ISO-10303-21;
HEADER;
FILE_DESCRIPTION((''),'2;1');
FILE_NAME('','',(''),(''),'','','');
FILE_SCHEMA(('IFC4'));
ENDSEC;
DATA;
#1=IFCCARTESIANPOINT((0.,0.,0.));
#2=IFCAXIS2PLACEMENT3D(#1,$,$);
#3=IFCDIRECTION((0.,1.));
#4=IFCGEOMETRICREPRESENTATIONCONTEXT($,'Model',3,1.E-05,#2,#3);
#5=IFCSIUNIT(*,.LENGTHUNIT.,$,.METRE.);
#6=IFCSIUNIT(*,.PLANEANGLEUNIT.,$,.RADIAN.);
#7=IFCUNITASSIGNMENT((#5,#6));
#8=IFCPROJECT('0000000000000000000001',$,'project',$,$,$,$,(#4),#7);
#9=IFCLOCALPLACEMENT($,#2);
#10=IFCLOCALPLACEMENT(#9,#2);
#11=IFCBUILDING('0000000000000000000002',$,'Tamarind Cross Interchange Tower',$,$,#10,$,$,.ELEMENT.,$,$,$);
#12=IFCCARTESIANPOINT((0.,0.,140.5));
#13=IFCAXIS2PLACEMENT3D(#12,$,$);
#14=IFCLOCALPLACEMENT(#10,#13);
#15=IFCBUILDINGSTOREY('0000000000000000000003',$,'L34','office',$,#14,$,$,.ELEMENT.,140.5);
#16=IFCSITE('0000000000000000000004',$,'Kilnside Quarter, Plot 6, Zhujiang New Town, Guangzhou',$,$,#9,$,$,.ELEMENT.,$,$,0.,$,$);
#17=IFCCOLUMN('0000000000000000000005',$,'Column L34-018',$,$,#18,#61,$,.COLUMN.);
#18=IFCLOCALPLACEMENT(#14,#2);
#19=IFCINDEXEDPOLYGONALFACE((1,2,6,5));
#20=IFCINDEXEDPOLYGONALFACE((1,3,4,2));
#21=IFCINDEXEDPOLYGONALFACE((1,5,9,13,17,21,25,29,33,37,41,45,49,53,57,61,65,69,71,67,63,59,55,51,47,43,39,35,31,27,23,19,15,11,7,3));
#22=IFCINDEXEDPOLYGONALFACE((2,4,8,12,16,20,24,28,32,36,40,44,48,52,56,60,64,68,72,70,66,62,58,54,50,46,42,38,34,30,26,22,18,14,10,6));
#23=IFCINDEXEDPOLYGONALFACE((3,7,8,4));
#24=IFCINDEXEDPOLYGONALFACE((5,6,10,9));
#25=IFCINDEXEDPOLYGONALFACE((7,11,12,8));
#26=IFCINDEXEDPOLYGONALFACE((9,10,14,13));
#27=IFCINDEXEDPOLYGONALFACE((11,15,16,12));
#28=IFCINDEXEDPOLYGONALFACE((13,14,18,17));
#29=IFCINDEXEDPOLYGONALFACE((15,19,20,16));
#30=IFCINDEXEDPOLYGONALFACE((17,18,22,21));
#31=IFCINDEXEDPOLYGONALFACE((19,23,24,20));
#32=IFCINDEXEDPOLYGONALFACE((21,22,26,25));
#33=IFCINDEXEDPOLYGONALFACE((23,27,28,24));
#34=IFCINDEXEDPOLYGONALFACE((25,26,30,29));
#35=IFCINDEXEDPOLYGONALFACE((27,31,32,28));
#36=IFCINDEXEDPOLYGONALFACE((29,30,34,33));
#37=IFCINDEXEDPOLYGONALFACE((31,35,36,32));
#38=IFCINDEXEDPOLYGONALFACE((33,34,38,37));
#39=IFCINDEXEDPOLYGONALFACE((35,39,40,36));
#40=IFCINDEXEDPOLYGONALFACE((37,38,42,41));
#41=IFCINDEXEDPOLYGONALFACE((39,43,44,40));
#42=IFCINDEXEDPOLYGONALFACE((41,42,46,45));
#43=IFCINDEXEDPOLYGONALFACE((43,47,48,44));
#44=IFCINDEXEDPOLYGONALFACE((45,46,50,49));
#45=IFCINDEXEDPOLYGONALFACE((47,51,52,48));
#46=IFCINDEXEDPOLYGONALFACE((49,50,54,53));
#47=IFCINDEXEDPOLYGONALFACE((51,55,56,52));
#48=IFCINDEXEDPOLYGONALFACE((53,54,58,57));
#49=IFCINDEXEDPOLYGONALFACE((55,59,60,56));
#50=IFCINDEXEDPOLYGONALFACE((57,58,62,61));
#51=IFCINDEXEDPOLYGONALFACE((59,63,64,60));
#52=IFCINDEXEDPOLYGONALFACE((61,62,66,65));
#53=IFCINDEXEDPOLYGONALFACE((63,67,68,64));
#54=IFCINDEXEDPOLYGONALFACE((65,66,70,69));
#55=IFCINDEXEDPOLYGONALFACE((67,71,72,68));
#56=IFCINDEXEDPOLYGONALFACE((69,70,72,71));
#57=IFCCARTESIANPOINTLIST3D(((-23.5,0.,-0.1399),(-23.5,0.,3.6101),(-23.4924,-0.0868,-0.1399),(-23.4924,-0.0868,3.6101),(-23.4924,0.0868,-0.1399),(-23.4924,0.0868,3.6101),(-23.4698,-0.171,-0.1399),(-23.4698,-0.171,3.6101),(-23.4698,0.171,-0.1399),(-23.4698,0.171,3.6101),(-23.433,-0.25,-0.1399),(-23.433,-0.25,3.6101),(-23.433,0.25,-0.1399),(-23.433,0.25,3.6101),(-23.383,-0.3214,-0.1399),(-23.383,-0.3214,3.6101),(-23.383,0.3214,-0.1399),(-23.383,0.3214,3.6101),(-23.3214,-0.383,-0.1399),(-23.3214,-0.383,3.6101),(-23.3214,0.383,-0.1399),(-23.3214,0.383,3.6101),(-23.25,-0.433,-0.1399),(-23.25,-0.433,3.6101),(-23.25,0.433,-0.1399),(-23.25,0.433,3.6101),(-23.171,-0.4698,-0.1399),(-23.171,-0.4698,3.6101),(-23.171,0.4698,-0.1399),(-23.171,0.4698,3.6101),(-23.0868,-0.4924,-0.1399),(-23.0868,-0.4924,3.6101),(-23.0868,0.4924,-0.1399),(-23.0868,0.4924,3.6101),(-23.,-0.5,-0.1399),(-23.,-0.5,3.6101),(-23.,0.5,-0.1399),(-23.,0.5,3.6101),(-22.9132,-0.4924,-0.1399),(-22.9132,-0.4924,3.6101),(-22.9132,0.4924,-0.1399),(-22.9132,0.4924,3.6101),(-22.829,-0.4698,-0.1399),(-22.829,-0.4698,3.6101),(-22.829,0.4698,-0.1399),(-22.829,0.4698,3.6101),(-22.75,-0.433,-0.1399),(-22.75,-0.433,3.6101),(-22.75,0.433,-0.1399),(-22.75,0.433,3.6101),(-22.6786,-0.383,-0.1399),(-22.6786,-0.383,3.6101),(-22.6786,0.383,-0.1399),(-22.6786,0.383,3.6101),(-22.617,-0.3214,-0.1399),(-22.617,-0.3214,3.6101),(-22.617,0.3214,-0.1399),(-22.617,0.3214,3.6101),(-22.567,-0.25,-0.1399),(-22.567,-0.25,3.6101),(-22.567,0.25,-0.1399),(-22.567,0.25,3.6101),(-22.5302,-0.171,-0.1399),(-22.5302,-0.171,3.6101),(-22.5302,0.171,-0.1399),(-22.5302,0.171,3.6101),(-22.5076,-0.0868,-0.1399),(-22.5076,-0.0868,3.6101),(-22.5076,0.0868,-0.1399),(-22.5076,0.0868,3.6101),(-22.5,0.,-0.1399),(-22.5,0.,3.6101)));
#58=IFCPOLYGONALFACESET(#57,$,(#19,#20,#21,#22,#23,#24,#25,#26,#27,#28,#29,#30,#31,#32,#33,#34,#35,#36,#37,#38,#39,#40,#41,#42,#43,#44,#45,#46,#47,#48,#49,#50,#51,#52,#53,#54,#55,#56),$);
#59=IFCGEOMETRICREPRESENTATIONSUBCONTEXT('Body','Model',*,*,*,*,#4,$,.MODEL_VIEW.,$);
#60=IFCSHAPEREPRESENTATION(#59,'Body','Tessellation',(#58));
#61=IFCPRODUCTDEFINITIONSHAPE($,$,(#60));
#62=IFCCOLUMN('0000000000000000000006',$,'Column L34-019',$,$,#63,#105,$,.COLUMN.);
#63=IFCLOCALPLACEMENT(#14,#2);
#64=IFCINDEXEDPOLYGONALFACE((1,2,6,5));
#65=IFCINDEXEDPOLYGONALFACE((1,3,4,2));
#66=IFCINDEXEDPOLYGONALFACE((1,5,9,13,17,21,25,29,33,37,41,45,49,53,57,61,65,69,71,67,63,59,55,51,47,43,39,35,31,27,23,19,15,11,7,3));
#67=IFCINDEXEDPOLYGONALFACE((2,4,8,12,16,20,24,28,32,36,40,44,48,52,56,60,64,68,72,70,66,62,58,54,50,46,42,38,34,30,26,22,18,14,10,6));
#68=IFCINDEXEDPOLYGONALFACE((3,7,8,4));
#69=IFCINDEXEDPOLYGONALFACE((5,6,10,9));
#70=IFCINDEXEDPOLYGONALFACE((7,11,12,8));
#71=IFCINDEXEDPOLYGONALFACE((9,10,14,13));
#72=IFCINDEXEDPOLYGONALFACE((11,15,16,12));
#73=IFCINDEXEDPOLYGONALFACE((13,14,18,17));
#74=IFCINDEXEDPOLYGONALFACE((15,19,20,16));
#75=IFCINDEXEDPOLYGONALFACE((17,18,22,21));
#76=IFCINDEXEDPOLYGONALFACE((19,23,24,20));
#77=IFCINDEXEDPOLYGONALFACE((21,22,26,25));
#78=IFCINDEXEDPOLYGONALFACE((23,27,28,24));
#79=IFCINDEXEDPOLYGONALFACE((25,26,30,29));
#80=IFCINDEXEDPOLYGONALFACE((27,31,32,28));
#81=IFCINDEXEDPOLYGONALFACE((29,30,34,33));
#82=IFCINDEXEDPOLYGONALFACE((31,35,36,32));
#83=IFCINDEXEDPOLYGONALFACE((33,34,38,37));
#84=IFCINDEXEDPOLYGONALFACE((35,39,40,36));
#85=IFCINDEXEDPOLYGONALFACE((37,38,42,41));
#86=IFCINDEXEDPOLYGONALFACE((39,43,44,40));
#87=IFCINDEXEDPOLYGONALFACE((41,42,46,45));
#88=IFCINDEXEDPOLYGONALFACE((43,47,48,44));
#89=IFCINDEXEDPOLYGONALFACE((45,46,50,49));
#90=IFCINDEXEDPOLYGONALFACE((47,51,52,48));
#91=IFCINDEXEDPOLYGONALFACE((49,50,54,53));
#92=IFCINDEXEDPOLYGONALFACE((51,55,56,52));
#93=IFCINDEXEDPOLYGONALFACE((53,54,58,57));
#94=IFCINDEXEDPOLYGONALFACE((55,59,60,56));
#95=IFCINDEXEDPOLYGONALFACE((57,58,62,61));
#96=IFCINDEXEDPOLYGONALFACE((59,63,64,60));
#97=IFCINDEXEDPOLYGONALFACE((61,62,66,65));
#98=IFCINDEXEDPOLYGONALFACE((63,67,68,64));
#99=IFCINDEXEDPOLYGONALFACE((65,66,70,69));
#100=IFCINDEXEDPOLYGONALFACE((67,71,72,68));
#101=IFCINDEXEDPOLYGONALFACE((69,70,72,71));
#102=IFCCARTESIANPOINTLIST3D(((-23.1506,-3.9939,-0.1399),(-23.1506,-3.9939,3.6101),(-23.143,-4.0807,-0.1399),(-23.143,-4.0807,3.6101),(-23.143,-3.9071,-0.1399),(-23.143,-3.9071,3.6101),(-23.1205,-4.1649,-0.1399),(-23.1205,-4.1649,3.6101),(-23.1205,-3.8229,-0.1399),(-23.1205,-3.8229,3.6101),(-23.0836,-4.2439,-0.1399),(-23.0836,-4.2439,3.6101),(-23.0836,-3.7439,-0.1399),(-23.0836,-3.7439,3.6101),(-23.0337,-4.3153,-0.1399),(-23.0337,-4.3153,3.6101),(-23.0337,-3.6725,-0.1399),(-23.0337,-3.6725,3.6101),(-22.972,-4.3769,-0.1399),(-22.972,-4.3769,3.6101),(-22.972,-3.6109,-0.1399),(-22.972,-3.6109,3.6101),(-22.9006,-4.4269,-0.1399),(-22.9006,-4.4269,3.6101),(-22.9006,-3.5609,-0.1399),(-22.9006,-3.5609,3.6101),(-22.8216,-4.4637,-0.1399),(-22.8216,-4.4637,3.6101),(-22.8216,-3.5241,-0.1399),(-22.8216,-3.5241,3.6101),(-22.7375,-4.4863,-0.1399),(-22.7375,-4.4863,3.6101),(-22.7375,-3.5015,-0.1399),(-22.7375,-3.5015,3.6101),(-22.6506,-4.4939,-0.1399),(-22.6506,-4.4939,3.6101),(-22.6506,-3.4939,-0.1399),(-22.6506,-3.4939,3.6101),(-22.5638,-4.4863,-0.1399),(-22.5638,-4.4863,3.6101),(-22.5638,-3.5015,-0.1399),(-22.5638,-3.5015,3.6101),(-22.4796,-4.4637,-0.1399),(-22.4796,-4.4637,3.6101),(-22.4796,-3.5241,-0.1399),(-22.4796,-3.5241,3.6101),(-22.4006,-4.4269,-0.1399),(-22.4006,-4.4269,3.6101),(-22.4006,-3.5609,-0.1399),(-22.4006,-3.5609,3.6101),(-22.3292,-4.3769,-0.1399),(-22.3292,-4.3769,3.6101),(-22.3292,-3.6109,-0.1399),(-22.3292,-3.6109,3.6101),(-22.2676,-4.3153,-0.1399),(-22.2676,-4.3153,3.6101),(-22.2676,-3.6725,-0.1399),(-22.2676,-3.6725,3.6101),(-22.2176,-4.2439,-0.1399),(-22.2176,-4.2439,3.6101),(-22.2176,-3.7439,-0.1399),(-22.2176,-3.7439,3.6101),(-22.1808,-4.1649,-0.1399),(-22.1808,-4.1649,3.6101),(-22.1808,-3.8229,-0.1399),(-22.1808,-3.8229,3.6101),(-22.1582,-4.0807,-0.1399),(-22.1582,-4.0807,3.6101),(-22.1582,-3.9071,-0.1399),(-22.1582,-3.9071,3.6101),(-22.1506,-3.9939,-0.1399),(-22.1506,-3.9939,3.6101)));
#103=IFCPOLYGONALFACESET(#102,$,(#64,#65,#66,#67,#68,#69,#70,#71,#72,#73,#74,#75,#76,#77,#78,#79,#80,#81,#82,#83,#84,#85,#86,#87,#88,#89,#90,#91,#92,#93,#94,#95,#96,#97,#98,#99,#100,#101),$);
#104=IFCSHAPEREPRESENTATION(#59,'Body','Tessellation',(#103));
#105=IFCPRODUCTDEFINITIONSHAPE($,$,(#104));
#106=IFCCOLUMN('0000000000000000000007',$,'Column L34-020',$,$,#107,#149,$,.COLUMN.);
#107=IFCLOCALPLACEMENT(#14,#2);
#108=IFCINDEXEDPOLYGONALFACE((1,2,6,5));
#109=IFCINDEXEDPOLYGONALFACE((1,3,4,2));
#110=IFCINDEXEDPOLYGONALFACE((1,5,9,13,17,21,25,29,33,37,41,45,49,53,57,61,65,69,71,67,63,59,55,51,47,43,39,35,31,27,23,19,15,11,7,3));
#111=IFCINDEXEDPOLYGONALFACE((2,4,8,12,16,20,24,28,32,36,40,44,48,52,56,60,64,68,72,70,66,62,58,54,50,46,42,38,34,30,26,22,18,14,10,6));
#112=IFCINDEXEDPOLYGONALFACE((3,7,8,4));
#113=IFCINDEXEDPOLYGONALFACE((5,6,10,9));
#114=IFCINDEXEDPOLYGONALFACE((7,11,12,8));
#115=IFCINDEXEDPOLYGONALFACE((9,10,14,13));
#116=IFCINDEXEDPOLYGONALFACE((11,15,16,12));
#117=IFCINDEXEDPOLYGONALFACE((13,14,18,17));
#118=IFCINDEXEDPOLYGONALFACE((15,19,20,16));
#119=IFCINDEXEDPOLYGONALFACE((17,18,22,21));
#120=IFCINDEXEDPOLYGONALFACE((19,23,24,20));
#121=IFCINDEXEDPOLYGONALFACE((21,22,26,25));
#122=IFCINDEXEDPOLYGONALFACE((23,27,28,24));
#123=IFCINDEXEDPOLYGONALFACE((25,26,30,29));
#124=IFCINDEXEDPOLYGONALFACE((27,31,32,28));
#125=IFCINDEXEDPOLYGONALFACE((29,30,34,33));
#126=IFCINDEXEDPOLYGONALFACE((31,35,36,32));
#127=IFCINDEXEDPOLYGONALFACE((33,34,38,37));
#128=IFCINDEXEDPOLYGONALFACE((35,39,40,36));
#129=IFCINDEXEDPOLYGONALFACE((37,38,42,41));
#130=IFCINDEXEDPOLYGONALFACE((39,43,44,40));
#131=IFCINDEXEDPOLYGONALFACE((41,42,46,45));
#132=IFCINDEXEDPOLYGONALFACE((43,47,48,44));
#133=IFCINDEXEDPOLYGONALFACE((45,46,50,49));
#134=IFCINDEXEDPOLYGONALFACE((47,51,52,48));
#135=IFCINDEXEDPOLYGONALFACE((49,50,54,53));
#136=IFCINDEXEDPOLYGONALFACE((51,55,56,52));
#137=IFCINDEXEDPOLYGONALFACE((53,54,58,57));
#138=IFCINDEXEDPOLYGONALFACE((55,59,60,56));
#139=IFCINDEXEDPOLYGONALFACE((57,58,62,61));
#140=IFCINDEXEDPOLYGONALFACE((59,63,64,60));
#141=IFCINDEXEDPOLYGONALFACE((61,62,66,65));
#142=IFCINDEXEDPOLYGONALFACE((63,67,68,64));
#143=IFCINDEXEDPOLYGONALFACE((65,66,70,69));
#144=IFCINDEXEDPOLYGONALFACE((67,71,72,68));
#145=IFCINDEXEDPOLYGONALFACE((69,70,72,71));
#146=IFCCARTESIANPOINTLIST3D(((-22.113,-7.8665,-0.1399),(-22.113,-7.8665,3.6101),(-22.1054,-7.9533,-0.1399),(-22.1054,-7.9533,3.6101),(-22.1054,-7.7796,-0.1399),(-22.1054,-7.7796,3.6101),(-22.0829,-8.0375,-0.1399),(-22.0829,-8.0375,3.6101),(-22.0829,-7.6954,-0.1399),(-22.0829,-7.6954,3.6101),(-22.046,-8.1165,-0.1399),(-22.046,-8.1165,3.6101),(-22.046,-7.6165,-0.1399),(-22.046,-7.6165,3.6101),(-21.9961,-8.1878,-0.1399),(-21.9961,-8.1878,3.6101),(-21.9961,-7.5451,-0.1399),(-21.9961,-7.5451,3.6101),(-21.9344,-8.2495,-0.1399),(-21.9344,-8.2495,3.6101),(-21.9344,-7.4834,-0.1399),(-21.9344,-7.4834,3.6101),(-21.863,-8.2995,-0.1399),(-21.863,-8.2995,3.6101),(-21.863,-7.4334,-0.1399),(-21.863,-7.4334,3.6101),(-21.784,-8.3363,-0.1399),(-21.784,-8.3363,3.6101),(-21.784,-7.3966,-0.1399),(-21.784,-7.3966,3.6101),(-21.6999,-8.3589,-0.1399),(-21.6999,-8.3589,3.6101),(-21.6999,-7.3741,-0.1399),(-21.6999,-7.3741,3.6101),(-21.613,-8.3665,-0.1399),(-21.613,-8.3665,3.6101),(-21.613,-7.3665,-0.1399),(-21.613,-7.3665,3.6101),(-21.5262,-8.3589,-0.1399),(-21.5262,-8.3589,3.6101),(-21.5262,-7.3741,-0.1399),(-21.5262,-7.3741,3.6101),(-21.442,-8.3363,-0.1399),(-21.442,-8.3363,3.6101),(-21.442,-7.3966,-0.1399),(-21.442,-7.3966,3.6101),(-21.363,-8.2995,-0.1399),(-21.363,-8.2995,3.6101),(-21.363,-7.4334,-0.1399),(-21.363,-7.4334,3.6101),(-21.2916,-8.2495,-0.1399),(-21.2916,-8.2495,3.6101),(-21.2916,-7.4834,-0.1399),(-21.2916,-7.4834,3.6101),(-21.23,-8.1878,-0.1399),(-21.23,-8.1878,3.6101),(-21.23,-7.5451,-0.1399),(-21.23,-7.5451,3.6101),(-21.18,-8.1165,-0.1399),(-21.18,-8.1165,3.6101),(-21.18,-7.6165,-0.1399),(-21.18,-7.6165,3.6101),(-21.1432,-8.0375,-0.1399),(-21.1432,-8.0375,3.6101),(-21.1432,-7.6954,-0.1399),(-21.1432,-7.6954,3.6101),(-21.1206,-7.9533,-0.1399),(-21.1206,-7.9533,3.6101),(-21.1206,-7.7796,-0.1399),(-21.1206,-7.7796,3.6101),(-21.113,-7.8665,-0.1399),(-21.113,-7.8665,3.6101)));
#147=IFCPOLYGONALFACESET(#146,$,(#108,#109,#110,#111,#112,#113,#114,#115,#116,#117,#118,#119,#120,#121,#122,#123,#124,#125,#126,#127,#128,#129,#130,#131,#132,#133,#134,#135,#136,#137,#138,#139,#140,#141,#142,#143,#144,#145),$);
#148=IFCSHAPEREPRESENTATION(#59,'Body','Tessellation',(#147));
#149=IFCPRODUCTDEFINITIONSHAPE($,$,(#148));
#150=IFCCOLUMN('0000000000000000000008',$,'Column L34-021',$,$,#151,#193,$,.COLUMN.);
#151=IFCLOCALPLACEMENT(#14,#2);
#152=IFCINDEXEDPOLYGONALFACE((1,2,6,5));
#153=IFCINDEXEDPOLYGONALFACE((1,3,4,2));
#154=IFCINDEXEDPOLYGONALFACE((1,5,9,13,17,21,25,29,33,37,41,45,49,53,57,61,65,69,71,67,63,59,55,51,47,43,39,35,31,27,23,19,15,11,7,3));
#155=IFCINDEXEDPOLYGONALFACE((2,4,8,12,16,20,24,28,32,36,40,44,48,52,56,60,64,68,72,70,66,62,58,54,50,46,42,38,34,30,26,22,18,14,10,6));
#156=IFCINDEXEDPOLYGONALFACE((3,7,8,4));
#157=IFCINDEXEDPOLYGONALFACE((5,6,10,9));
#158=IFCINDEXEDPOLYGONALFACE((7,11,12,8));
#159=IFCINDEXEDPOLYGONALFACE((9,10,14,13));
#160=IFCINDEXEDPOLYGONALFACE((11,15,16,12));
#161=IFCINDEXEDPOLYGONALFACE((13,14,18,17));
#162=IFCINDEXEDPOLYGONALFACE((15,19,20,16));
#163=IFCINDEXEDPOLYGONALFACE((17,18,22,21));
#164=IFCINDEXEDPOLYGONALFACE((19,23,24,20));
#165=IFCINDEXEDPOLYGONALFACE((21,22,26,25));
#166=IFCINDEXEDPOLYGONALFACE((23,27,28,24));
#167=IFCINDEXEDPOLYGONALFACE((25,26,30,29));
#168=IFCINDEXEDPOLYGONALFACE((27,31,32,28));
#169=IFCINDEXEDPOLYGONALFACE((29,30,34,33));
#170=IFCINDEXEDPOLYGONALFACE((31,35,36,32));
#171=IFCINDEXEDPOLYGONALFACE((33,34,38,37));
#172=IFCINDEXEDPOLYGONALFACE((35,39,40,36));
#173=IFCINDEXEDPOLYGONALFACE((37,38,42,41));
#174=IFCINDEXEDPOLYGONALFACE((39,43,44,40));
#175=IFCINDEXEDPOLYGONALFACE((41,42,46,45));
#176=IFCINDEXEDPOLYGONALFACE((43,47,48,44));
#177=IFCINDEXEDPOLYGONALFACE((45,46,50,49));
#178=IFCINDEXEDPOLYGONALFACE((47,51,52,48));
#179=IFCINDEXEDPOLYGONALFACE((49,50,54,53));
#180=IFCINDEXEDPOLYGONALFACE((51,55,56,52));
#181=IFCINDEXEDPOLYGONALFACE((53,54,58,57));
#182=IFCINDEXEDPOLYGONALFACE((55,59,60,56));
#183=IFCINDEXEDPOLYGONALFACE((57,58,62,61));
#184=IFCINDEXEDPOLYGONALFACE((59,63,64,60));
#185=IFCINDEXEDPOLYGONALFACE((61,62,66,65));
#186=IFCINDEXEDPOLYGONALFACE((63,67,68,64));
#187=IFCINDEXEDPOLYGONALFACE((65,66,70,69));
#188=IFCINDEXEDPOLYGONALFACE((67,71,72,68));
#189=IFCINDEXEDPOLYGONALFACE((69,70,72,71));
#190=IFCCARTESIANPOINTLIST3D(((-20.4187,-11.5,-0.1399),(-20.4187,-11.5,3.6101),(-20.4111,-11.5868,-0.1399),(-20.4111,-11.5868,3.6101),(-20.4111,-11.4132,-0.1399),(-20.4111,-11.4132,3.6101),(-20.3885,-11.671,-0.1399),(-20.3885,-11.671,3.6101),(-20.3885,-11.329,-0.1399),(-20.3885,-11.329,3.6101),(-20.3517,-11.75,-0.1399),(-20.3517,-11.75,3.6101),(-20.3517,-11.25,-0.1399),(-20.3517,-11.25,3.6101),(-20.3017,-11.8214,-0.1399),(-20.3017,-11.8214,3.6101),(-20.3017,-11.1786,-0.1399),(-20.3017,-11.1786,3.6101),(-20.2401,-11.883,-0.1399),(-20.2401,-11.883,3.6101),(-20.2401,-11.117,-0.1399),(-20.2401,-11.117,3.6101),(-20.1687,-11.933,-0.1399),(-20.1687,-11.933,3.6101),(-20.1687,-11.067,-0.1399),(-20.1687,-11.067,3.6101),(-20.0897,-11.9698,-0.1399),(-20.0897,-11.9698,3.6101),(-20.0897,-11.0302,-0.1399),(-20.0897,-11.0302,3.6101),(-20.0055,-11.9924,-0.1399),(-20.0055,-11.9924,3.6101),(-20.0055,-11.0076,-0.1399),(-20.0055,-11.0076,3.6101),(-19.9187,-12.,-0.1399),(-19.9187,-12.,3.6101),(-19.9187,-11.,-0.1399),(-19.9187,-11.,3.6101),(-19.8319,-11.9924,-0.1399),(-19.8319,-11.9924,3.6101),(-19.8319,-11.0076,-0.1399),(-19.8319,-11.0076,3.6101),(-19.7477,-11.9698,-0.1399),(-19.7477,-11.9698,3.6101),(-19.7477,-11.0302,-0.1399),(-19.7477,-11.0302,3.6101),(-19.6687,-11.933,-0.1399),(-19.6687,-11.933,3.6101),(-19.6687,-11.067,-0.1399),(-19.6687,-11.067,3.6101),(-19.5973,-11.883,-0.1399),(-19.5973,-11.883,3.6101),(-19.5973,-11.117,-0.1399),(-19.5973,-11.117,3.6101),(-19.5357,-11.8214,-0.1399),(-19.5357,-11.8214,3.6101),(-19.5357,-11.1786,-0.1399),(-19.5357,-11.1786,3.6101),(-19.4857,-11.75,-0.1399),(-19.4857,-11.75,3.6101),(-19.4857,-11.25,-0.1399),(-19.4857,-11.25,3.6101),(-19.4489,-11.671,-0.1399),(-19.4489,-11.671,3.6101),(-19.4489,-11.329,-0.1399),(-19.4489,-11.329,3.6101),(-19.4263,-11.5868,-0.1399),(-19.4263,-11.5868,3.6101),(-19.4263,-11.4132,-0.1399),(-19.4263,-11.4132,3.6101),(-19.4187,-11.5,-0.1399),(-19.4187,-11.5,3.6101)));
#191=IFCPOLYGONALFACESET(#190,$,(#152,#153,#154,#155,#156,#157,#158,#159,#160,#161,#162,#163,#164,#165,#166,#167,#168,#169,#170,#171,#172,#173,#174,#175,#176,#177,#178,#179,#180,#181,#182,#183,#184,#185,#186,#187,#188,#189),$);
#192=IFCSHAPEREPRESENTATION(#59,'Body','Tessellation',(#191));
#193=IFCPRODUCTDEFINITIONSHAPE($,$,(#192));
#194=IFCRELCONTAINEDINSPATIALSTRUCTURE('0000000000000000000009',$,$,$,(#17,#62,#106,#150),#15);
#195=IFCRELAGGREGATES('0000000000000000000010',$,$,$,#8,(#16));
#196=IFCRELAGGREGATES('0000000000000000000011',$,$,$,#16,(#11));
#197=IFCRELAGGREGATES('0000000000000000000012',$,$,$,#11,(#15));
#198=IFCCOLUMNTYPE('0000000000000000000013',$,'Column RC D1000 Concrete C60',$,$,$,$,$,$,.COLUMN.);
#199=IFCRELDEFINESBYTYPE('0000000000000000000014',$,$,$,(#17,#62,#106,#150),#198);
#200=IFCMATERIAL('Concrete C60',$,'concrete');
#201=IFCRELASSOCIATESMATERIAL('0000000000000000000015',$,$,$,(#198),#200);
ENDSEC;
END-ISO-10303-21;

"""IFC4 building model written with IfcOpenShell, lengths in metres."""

from ifc_helpers import new_model, si_unit, direction, frame, origin, origin_2d, place, context, subcontext, project, spatial, circle, extrude, material, material_profile, profile_set, type_object, element, save


model = new_model("IFC4")

# Units and contexts
model_context = context("Model", 3, precision=1e-05, world=origin(), true_north=direction((0.0, 1.0)))
body_context = subcontext(model_context, "Body", "Model", "MODEL_VIEW")
ifc_project = project(units=[si_unit("LENGTHUNIT", "METRE"), si_unit("PLANEANGLEUNIT", "RADIAN")], contexts=[model_context])

# Site, building, storey
site_placement = place(None, origin())
site = spatial("IfcSite", under=ifc_project, at=site_placement, Name="Kilnside Quarter, Plot 6, Zhujiang New Town, Guangzhou", CompositionType="ELEMENT", RefElevation=0.0)
building_placement = place(site_placement, origin())
building = spatial("IfcBuilding", under=site, at=building_placement, Name="Tamarind Cross Interchange Tower", CompositionType="ELEMENT")
storey_placement = place(building_placement, frame((0.0, 0.0, 140.5)))
storey = spatial("IfcBuildingStorey", under=building, at=storey_placement, Name="L34", Description="office", CompositionType="ELEMENT", Elevation=140.5)

# Columns
ifc_material_1 = material(Name="Concrete C60", Category="concrete")
ifc_material_profile_1 = material_profile(ifc_material_1, circle(Radius=0.5, at=origin_2d()), Name="RC D1000")
ifc_profile_set_1 = profile_set([ifc_material_profile_1], Name="Concrete C60")
column_type = type_object("IfcColumnType", Name="Column RC D1000 Concrete C60", PredefinedType="COLUMN", material=ifc_profile_set_1)
for number, where, z_axis, x_axis, name in (
    (1, (-23.0, 0.0, -0.1399), (0.0, 0.0, 1.0), (1.0, 0.0, 0.0), "Column L34-018"),
    (2, (-22.6506, -3.9939, -0.1399), (0.0, 0.0, 1.0), (1.0, 0.0, 0.0), "Column L34-019"),
    (3, (-21.613, -7.8665, -0.1399), (0.0, 0.0, 1.0), (1.0, 0.0, 0.0), "Column L34-020"),
    (4, (-19.9187, -11.5, -0.1399), (0.0, 0.0, 1.0), (1.0, 0.0, 0.0), "Column L34-021"),
):
    element("IfcColumn", number, at=place(storey_placement, frame(where, z_axis=z_axis, x_axis=x_axis)), inside=storey, type_object=column_type, Name=name, PredefinedType="COLUMN", context=body_context, shape_type="SweptSolid", body=[
        extrude(circle(Radius=0.5, at=origin_2d()), origin(), (0.0, 0.0, 1.0), 3.75),
    ])

save(model, "model.ifc")
